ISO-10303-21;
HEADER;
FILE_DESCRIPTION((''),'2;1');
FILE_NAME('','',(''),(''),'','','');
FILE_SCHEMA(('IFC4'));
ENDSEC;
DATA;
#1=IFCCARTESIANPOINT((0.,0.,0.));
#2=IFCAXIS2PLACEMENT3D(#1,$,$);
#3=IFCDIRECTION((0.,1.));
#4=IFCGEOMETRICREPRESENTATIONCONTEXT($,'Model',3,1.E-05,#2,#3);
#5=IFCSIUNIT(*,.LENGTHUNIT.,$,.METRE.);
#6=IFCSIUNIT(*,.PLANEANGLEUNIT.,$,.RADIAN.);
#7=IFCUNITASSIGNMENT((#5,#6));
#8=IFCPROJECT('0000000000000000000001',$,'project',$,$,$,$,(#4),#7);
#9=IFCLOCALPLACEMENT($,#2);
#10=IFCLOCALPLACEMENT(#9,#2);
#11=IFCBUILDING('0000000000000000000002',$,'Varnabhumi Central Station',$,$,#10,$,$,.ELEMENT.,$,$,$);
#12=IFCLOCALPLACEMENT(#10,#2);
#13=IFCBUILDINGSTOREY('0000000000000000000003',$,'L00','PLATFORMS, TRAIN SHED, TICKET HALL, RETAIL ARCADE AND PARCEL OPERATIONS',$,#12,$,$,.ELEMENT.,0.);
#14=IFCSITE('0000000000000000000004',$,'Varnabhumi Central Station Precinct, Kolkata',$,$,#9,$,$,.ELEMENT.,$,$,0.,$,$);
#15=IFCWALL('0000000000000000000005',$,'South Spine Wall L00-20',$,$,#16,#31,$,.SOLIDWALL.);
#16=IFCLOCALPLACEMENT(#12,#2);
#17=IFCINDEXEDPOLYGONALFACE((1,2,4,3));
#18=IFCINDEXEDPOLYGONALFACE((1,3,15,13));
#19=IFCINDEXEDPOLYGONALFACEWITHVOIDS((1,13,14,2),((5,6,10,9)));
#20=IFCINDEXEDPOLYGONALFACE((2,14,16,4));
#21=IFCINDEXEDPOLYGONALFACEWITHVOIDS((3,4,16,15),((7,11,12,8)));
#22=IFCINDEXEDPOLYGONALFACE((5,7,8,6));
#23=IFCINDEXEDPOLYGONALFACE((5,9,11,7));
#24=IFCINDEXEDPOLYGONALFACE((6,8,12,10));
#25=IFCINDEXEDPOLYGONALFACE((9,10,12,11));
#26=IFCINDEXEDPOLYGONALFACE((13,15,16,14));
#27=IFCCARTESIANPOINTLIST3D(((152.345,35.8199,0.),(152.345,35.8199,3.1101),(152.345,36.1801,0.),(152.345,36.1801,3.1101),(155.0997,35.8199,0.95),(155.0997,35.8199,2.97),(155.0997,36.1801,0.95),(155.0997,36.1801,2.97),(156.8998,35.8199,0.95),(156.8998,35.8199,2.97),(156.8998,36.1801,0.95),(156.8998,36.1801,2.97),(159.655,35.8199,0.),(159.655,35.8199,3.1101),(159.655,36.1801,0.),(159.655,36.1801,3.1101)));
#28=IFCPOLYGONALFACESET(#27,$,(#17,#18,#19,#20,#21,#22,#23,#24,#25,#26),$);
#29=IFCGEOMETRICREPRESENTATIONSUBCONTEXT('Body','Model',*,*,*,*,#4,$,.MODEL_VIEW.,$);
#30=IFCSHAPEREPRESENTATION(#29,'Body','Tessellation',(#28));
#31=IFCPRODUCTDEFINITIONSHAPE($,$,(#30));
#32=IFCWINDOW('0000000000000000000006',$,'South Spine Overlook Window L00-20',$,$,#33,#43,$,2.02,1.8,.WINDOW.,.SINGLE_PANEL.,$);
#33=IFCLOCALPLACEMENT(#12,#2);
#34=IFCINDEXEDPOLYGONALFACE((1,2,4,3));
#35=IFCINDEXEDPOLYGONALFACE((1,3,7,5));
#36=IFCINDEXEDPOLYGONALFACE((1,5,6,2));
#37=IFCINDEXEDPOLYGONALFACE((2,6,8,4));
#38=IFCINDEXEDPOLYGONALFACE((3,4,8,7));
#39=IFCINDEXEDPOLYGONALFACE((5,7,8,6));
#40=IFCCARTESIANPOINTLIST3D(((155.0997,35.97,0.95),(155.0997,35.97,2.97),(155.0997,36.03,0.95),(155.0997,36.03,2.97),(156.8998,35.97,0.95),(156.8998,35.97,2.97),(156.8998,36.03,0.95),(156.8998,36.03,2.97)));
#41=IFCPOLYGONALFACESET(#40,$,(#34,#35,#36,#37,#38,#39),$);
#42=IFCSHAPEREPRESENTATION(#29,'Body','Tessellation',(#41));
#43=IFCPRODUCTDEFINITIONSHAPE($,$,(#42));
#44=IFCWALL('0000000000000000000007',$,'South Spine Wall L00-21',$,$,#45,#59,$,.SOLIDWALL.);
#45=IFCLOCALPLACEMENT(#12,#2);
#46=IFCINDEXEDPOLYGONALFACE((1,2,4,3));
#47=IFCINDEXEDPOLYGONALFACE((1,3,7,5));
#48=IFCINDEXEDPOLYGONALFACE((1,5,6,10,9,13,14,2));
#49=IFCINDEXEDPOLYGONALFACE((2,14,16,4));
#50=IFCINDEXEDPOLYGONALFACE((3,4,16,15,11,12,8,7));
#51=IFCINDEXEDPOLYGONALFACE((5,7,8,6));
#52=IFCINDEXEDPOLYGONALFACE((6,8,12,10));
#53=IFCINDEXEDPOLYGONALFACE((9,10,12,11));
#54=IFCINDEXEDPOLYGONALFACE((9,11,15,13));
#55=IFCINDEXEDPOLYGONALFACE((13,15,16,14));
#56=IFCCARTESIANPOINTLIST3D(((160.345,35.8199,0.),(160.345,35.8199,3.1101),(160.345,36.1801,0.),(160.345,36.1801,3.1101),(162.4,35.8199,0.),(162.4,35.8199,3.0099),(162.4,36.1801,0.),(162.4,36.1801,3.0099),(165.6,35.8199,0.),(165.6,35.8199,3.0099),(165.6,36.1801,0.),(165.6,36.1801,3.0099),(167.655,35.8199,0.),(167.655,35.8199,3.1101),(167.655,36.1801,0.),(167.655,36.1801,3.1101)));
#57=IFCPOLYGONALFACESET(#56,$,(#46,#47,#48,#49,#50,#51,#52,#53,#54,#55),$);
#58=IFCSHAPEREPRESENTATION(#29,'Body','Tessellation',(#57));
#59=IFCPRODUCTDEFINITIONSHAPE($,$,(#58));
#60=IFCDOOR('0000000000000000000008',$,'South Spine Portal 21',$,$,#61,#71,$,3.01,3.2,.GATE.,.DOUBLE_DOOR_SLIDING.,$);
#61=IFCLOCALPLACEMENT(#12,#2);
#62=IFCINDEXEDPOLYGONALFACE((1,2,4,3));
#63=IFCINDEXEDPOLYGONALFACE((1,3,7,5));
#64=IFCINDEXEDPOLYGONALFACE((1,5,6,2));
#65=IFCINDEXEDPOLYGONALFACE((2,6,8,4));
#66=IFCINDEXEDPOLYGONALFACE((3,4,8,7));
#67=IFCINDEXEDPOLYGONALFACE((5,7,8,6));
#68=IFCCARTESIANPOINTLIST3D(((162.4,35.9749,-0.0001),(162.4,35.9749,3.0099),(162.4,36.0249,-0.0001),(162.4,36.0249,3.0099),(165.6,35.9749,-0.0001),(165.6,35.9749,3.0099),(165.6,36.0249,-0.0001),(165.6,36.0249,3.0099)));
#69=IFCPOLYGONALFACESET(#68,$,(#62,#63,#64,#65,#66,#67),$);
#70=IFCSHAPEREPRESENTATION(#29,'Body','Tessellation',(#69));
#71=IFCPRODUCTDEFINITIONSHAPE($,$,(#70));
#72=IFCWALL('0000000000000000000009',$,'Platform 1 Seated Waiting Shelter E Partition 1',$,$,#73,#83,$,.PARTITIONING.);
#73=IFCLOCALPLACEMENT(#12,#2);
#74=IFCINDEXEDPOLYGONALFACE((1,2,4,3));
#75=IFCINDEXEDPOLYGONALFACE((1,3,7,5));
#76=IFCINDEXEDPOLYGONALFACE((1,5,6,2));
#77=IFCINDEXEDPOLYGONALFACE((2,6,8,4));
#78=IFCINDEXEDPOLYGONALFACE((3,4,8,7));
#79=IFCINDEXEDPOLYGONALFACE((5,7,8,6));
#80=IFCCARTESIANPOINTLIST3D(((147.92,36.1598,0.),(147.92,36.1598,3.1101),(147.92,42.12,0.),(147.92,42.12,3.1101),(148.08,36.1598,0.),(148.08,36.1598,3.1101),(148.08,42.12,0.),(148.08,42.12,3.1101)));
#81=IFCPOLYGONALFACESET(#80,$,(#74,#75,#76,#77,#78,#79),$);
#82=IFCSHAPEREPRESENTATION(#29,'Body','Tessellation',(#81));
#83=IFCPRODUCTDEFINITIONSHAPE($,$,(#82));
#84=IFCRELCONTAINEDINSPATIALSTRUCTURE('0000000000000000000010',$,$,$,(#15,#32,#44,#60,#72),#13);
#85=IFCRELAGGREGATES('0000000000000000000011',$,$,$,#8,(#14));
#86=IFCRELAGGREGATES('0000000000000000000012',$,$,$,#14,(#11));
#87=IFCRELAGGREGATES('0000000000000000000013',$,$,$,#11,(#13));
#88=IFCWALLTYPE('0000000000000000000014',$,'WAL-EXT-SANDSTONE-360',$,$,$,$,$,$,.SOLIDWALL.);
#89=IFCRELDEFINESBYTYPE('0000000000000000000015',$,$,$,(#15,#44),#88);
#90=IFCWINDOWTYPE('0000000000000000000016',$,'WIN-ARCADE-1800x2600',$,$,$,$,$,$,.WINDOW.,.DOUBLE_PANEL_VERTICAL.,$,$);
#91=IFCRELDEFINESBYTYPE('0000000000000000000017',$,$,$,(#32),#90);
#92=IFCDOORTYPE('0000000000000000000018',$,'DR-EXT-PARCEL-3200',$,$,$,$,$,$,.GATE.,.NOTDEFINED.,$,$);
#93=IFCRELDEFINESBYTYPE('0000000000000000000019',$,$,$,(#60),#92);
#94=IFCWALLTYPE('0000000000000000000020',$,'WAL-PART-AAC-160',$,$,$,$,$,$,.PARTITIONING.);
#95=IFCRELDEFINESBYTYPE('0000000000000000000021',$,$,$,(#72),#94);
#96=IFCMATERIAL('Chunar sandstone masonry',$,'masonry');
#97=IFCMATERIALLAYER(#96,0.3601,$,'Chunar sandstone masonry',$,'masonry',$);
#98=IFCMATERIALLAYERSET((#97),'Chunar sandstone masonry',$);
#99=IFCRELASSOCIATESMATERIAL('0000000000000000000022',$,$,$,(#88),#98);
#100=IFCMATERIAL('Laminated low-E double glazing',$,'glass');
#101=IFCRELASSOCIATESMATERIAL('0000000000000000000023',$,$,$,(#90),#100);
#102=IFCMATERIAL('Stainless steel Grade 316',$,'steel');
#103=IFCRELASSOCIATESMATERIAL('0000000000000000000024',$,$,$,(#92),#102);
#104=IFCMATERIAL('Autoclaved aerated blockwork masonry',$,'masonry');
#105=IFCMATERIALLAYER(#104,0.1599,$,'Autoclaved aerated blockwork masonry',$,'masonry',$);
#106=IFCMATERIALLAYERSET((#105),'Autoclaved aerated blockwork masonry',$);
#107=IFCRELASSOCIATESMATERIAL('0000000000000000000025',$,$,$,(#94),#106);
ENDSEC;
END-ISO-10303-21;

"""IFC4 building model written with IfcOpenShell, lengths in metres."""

from ifc_helpers import new_model, si_unit, direction, frame, frame_2d, origin, place, context, subcontext, project, spatial, rectangle, extrude, material, layer, layer_set, type_object, element, fill, save


model = new_model("IFC4")

# Units and contexts
model_context = context("Model", 3, precision=1e-05, world=origin(), true_north=direction((0.0, 1.0)))
body_context = subcontext(model_context, "Body", "Model", "MODEL_VIEW")
ifc_project = project(units=[si_unit("LENGTHUNIT", "METRE"), si_unit("PLANEANGLEUNIT", "RADIAN")], contexts=[model_context])

# Site, building, storey
site_placement = place(None, origin())
site = spatial("IfcSite", under=ifc_project, at=site_placement, Name="Varnabhumi Central Station Precinct, Kolkata", CompositionType="ELEMENT", RefElevation=0.0)
building_placement = place(site_placement, origin())
building = spatial("IfcBuilding", under=site, at=building_placement, Name="Varnabhumi Central Station", CompositionType="ELEMENT")
storey_placement = place(building_placement, origin())
storey = spatial("IfcBuildingStorey", under=building, at=storey_placement, Name="L00", Description="PLATFORMS, TRAIN SHED, TICKET HALL, RETAIL ARCADE AND PARCEL OPERATIONS", CompositionType="ELEMENT", Elevation=0.0)

# Shared definitions
ifc_material_1 = material(Name="Laminated low-E double glazing", Category="glass")

# Wall, opening, window
ifc_material_2 = material(Name="Chunar sandstone masonry", Category="masonry")
ifc_layer_1 = layer(ifc_material_2, 0.3601, Name="Chunar sandstone masonry", Category="masonry")
ifc_layer_set_1 = layer_set([ifc_layer_1], Name="Chunar sandstone masonry")
wall_type_1 = type_object("IfcWallType", Name="WAL-EXT-SANDSTONE-360", PredefinedType="SOLIDWALL", material=ifc_layer_set_1)
wall_1_placement = place(storey_placement, frame((152.345, 36.0, 0.0), z_axis=(0.0, 0.0, 1.0), x_axis=(1.0, 0.0, 0.0)))
wall_1 = element("IfcWall", 1, at=wall_1_placement, inside=storey, type_object=wall_type_1, Name="South Spine Wall L00-20", PredefinedType="SOLIDWALL", context=body_context, shape_type="SweptSolid", body=[
    extrude(rectangle(XDim=7.3101, YDim=0.3601, at=frame_2d((3.655, 0.0))), origin(), (0.0, 0.0, 1.0), 3.1101),
])
opening_1_placement = place(wall_1_placement, frame((2.7549, 0.0, 0.95)))
opening_1 = element("IfcOpeningElement", 2, at=opening_1_placement, cuts=wall_1, PredefinedType="OPENING", context=body_context, shape_type="SweptSolid", body=[
    extrude(rectangle(XDim=1.8, YDim=2.02, at=frame_2d((0.8999, 1.01))), frame((0.0, 0.1899, 0.0), z_axis=(0.0, -1.0, 0.0), x_axis=(1.0, 0.0, 0.0)), (0.0, 0.0, 1.0), 0.3801),
])
window_type = type_object("IfcWindowType", Name="WIN-ARCADE-1800x2600", PartitioningType="DOUBLE_PANEL_VERTICAL", PredefinedType="WINDOW", material=ifc_material_1)
window_placement = place(opening_1_placement, origin())
window = element("IfcWindow", 3, at=window_placement, inside=storey, type_object=window_type, Name="South Spine Overlook Window L00-20", OverallHeight=2.02, OverallWidth=1.8, PartitioningType="SINGLE_PANEL", PredefinedType="WINDOW", context=body_context, shape_type="SweptSolid", body=[
    extrude(rectangle(XDim=1.8, YDim=2.02, at=frame_2d((0.8999, 1.01))), frame((0.0, 0.03, 0.0), z_axis=(0.0, -1.0, 0.0), x_axis=(1.0, 0.0, 0.0)), (0.0, 0.0, 1.0), 0.0601),
])
fill(opening_1, window)

# Wall, opening, door
wall_2_placement = place(storey_placement, frame((160.345, 36.0, 0.0), z_axis=(0.0, 0.0, 1.0), x_axis=(1.0, 0.0, 0.0)))
wall_2 = element("IfcWall", 4, at=wall_2_placement, inside=storey, type_object=wall_type_1, Name="South Spine Wall L00-21", PredefinedType="SOLIDWALL", context=body_context, shape_type="SweptSolid", body=[
    extrude(rectangle(XDim=7.3101, YDim=0.3601, at=frame_2d((3.655, 0.0))), origin(), (0.0, 0.0, 1.0), 3.1101),
])
opening_2_placement = place(wall_2_placement, frame((2.0549, 0.0, 0.0)))
opening_2 = element("IfcOpeningElement", 5, at=opening_2_placement, cuts=wall_2, PredefinedType="OPENING", context=body_context, shape_type="SweptSolid", body=[
    extrude(rectangle(XDim=3.2, YDim=3.01, at=frame_2d((1.6001, 1.5049))), frame((0.0, 0.1899, 0.0), z_axis=(0.0, -1.0, 0.0), x_axis=(1.0, 0.0, 0.0)), (0.0, 0.0, 1.0), 0.3801),
])
ifc_material_3 = material(Name="Stainless steel Grade 316", Category="steel")
door_type = type_object("IfcDoorType", Name="DR-EXT-PARCEL-3200", OperationType="NOTDEFINED", PredefinedType="GATE", material=ifc_material_3)
door_placement = place(opening_2_placement, origin())
door = element("IfcDoor", 6, at=door_placement, inside=storey, type_object=door_type, Name="South Spine Portal 21", OperationType="DOUBLE_DOOR_SLIDING", OverallHeight=3.01, OverallWidth=3.2, PredefinedType="GATE", context=body_context, shape_type="SweptSolid", body=[
    extrude(rectangle(XDim=3.2, YDim=3.01, at=frame_2d((1.6001, 1.5049))), frame((0.0, 0.0249, 0.0), z_axis=(0.0, -1.0, 0.0), x_axis=(1.0, 0.0, 0.0)), (0.0, 0.0, 1.0), 0.05),
])
fill(opening_2, door)

# Wall
ifc_material_4 = material(Name="Autoclaved aerated blockwork masonry", Category="masonry")
ifc_layer_2 = layer(ifc_material_4, 0.1599, Name="Autoclaved aerated blockwork masonry", Category="masonry")
ifc_layer_set_2 = layer_set([ifc_layer_2], Name="Autoclaved aerated blockwork masonry")
wall_type_2 = type_object("IfcWallType", Name="WAL-PART-AAC-160", PredefinedType="PARTITIONING", material=ifc_layer_set_2)
wall_3_placement = place(storey_placement, frame((148.0, 36.1599, 0.0), z_axis=(0.0, 0.0, 1.0), x_axis=(0.0, 1.0, 0.0)))
element("IfcWall", 7, at=wall_3_placement, inside=storey, type_object=wall_type_2, Name="Platform 1 Seated Waiting Shelter E Partition 1", PredefinedType="PARTITIONING", context=body_context, shape_type="SweptSolid", body=[
    extrude(rectangle(XDim=5.9602, YDim=0.1599, at=frame_2d((2.98, 0.0))), origin(), (0.0, 0.0, 1.0), 3.1101),
])

save(model, "model.ifc")
